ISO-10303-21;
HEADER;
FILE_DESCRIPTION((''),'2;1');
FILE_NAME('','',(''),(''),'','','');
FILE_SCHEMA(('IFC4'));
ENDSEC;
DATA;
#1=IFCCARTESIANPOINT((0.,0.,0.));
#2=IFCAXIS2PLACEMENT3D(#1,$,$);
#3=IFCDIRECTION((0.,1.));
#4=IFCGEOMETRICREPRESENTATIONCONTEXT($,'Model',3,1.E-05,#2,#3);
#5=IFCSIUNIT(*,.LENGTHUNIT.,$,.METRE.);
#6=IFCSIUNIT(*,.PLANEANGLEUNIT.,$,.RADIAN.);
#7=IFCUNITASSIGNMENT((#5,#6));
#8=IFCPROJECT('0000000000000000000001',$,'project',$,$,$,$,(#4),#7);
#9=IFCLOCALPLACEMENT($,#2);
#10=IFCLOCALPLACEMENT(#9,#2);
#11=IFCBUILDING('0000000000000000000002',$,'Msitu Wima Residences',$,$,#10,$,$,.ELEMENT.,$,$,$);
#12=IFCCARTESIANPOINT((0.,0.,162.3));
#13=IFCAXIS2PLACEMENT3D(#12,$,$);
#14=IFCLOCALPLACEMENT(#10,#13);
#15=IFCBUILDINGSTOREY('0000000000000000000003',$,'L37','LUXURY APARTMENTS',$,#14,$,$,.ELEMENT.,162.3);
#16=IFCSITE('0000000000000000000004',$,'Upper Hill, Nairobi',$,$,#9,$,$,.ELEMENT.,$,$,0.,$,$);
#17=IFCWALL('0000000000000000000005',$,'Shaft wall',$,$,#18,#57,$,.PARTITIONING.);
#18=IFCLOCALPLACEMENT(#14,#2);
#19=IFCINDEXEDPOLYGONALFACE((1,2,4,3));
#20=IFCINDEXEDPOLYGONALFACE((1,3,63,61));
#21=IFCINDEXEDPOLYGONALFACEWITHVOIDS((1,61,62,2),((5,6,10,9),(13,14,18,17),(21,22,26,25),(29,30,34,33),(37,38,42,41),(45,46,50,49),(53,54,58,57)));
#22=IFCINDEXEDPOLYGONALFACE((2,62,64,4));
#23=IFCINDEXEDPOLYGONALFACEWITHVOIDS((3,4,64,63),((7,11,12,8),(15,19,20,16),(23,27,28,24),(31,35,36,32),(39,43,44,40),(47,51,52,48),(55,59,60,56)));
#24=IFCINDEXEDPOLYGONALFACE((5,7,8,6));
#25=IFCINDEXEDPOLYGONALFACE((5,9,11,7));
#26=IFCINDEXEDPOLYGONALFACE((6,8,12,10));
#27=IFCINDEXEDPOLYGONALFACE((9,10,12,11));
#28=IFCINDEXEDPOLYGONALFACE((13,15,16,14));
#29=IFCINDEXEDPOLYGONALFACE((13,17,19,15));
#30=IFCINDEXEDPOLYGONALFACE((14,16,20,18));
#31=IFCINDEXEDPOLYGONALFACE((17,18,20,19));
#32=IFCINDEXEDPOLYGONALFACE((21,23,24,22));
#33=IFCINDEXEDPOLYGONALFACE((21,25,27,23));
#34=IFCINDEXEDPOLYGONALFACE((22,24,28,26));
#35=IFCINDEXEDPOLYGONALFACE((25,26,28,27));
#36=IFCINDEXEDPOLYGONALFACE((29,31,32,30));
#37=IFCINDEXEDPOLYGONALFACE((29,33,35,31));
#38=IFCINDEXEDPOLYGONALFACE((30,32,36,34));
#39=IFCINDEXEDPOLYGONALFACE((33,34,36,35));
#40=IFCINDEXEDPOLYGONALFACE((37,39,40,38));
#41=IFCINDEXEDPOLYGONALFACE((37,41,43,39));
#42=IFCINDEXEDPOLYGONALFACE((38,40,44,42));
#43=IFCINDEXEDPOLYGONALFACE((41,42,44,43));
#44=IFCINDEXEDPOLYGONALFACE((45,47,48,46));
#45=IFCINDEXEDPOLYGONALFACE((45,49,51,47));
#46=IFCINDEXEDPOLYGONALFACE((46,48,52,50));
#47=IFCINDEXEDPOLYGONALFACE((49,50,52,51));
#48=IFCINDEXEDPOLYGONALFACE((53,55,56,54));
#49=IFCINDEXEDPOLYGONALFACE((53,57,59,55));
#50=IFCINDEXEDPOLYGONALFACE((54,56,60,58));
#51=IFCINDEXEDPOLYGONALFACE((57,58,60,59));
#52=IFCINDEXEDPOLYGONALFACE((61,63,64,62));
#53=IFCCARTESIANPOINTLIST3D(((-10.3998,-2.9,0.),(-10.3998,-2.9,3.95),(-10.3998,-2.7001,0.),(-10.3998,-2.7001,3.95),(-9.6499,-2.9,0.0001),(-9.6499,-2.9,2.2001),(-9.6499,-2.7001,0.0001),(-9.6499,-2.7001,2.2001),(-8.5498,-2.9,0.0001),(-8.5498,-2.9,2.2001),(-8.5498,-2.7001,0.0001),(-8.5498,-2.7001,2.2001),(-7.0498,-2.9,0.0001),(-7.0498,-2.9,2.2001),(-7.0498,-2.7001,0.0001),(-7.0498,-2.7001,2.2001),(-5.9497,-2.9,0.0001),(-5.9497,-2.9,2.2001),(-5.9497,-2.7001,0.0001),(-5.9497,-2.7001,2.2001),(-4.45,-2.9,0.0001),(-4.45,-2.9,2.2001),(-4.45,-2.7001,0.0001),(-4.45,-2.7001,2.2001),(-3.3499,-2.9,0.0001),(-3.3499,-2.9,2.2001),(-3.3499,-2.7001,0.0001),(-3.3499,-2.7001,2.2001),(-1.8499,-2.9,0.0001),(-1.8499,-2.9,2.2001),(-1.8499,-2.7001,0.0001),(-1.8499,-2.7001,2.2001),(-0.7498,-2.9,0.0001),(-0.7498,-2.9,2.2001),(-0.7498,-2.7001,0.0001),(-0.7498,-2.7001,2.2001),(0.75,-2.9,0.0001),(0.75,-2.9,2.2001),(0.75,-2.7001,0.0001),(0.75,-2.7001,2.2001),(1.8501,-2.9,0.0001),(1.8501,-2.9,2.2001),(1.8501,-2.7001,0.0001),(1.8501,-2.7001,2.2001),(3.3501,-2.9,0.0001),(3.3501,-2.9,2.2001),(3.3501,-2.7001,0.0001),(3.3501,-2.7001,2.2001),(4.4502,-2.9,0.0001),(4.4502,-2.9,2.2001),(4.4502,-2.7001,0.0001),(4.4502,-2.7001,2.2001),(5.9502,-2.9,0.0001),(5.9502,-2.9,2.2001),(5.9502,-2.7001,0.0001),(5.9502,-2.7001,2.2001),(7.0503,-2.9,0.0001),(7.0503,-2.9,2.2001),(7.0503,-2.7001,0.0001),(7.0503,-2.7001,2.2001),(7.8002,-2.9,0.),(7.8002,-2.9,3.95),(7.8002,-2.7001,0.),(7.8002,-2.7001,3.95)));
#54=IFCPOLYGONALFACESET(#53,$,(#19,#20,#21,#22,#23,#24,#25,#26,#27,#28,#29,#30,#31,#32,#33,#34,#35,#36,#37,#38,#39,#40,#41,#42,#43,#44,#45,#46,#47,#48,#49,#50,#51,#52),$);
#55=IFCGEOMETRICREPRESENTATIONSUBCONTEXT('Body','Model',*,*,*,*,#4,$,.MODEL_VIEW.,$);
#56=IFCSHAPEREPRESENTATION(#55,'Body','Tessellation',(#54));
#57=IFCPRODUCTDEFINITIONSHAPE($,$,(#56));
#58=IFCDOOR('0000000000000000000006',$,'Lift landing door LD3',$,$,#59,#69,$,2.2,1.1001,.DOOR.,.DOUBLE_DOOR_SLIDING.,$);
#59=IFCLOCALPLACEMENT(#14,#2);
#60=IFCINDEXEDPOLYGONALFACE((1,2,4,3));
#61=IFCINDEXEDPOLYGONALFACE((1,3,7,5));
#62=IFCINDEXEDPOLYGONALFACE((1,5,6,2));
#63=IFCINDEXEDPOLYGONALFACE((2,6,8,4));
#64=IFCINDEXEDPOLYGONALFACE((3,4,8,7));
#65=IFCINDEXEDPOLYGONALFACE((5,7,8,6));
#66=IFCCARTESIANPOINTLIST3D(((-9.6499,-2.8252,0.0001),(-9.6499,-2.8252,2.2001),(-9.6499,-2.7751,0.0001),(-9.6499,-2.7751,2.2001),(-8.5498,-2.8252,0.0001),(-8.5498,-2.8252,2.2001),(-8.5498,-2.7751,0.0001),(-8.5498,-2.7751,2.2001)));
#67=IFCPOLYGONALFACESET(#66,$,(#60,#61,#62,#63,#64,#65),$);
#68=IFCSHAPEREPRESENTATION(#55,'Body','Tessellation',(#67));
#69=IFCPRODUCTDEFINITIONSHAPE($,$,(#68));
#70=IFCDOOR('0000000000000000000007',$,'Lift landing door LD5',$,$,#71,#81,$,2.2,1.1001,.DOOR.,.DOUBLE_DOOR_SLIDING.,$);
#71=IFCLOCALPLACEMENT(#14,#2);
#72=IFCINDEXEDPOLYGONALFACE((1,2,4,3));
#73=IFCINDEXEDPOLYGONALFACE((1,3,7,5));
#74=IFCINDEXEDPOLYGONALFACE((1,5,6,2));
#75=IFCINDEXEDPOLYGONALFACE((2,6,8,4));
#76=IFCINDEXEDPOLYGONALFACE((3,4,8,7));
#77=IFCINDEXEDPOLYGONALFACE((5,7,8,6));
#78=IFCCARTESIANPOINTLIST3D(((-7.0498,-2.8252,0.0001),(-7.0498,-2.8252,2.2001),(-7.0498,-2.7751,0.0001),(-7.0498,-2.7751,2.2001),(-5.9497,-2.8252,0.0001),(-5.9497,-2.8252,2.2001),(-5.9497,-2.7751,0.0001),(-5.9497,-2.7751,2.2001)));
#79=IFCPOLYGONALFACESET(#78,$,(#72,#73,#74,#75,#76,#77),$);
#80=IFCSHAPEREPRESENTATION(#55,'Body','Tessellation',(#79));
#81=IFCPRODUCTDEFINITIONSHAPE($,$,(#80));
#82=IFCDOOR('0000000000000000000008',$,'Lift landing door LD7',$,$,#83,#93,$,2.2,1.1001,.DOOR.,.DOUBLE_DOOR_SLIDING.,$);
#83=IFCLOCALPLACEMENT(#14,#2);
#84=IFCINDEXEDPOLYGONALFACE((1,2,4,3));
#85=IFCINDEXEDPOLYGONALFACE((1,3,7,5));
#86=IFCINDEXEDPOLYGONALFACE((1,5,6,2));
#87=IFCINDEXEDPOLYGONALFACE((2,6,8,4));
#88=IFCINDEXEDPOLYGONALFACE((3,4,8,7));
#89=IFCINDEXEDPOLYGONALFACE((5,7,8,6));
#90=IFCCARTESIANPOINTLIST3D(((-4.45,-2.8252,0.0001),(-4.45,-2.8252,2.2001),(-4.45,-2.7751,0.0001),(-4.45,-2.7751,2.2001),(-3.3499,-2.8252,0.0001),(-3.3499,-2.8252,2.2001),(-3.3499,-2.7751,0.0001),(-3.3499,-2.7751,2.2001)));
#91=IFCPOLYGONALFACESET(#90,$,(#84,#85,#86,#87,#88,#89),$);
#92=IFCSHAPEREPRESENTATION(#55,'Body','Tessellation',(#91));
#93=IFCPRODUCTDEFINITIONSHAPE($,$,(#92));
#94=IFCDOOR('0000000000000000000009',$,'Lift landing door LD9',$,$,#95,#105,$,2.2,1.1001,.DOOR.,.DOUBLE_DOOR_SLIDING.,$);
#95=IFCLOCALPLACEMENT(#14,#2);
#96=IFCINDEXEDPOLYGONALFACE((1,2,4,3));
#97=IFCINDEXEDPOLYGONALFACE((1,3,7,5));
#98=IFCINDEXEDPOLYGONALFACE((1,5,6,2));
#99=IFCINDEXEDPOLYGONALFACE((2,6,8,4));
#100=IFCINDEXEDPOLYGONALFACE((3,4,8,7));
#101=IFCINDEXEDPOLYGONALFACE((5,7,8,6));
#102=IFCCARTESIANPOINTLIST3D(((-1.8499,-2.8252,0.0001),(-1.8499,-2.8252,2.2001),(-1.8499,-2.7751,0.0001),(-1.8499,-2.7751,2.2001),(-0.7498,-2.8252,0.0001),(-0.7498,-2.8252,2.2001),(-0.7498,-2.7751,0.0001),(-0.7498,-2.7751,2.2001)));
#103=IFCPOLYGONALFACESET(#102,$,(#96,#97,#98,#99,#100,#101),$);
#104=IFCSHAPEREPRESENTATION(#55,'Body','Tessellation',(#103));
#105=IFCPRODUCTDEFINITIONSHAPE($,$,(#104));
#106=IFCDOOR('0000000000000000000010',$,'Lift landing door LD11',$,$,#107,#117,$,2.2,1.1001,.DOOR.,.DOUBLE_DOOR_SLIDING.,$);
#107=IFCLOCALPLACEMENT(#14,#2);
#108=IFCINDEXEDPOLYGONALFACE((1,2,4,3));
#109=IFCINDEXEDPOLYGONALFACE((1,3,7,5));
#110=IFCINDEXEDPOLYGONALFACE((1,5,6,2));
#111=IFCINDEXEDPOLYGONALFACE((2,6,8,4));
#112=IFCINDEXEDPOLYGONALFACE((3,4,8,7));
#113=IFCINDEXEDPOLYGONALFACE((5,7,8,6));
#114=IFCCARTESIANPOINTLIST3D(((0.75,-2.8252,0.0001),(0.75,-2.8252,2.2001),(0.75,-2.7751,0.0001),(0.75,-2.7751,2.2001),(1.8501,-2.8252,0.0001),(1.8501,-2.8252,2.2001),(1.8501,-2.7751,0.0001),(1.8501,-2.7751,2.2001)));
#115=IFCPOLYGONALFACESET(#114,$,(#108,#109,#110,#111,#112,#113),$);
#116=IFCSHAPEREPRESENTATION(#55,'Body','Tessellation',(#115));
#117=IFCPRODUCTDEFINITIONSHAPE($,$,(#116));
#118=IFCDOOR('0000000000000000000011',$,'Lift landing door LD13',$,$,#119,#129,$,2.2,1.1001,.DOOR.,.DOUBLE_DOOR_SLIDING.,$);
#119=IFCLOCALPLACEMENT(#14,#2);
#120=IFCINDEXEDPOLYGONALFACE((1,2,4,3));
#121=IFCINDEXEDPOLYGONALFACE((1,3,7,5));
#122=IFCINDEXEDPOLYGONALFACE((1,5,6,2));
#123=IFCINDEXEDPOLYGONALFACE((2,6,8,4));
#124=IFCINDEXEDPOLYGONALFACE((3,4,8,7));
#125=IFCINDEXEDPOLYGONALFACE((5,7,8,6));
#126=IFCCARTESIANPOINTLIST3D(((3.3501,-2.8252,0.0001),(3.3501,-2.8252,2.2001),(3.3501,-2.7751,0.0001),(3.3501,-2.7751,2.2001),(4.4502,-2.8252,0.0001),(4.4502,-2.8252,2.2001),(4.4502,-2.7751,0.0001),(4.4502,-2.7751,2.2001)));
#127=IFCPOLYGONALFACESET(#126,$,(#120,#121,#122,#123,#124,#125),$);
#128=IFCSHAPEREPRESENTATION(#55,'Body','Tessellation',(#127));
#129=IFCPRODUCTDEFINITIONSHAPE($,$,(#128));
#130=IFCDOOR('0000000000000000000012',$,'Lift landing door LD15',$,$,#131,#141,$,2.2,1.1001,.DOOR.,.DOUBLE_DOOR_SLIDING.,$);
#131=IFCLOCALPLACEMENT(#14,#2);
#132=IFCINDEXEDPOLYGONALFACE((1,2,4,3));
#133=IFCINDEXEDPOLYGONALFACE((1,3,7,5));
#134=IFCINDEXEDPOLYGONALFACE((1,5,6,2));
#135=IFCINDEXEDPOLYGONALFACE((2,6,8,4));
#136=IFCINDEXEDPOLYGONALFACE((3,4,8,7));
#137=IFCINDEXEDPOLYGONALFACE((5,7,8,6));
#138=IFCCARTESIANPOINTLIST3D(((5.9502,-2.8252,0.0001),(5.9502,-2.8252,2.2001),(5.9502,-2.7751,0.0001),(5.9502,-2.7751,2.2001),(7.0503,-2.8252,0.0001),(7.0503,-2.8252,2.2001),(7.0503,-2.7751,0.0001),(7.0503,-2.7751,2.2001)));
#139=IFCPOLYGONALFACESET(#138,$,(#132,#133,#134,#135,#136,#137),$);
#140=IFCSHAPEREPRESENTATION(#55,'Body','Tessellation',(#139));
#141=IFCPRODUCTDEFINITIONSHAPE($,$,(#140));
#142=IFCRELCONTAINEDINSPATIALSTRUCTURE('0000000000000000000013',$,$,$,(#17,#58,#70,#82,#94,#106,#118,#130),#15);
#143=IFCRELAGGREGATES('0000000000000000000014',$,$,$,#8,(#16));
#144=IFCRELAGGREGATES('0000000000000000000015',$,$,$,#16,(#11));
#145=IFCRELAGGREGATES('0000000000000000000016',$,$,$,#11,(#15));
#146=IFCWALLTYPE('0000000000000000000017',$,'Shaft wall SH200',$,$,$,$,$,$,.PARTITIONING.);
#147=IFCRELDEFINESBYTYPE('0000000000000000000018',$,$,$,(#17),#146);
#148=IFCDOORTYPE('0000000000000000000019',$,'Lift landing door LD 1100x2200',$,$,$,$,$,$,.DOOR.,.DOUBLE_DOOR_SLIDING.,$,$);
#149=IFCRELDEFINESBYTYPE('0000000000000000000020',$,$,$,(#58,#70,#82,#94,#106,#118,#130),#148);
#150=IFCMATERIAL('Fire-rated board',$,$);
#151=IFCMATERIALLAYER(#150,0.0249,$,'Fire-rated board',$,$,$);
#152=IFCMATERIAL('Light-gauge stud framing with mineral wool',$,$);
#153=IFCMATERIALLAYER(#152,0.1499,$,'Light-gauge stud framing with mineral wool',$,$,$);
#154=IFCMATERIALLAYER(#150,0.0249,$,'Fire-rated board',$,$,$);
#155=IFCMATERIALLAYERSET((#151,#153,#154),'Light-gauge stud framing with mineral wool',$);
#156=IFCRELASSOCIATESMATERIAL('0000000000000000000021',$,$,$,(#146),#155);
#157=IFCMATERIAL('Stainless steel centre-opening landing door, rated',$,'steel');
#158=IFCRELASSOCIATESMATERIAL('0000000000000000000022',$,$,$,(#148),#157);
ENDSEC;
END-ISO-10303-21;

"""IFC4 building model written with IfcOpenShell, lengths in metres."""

from ifc_helpers import new_model, si_unit, direction, frame, frame_2d, origin, place, context, subcontext, project, spatial, rectangle, extrude, material, layer, layer_set, type_object, element, fill, save


model = new_model("IFC4")

# Units and contexts
model_context = context("Model", 3, precision=1e-05, world=origin(), true_north=direction((0.0, 1.0)))
body_context = subcontext(model_context, "Body", "Model", "MODEL_VIEW")
ifc_project = project(units=[si_unit("LENGTHUNIT", "METRE"), si_unit("PLANEANGLEUNIT", "RADIAN")], contexts=[model_context])

# Site, building, storey
site_placement = place(None, origin())
site = spatial("IfcSite", under=ifc_project, at=site_placement, Name="Upper Hill, Nairobi", CompositionType="ELEMENT", RefElevation=0.0)
building_placement = place(site_placement, origin())
building = spatial("IfcBuilding", under=site, at=building_placement, Name="Msitu Wima Residences", CompositionType="ELEMENT")
storey_placement = place(building_placement, frame((0.0, 0.0, 162.3)))
storey = spatial("IfcBuildingStorey", under=building, at=storey_placement, Name="L37", Description="LUXURY APARTMENTS", CompositionType="ELEMENT", Elevation=162.3)

# Shared definitions
ifc_material_1 = material(Name="Fire-rated board")
ifc_layer_1 = layer(ifc_material_1, 0.0249, Name="Fire-rated board")
ifc_material_2 = material(Name="Light-gauge stud framing with mineral wool")
ifc_layer_2 = layer(ifc_material_2, 0.1499, Name="Light-gauge stud framing with mineral wool")
ifc_layer_3 = layer(ifc_material_1, 0.0249, Name="Fire-rated board")
ifc_layer_set = layer_set([ifc_layer_1, ifc_layer_2, ifc_layer_3], Name="Light-gauge stud framing with mineral wool")
wall_type = type_object("IfcWallType", Name="Shaft wall SH200", PredefinedType="PARTITIONING", material=ifc_layer_set)

# Wall, openings, doors
wall_1_placement = place(storey_placement, frame((-10.3999, -2.8, 0.0), z_axis=(0.0, 0.0, 1.0), x_axis=(1.0, 0.0, 0.0)))
wall_1 = element("IfcWall", 1, at=wall_1_placement, inside=storey, type_object=wall_type, Name="Shaft wall", PredefinedType="PARTITIONING", context=body_context, shape_type="SweptSolid", body=[
    extrude(rectangle(XDim=18.2, YDim=0.2, at=frame_2d((9.1001, 0.0))), origin(), (0.0, 0.0, 1.0), 3.95),
])
opening_1_placement = place(wall_1_placement, frame((0.75, 0.0, 0.0)))
opening_1 = element("IfcOpeningElement", 2, at=opening_1_placement, cuts=wall_1, PredefinedType="OPENING", context=body_context, shape_type="SweptSolid", body=[
    extrude(rectangle(XDim=1.1001, YDim=2.2, at=frame_2d((0.55, 1.1001))), frame((0.0, 0.1099, 0.0), z_axis=(0.0, -1.0, 0.0), x_axis=(1.0, 0.0, 0.0)), (0.0, 0.0, 1.0), 0.22),
])
opening_2_placement = place(wall_1_placement, frame((3.3501, 0.0, 0.0)))
opening_2 = element("IfcOpeningElement", 3, at=opening_2_placement, cuts=wall_1, PredefinedType="OPENING", context=body_context, shape_type="SweptSolid", body=[
    extrude(rectangle(XDim=1.1001, YDim=2.2, at=frame_2d((0.55, 1.1001))), frame((0.0, 0.1099, 0.0), z_axis=(0.0, -1.0, 0.0), x_axis=(1.0, 0.0, 0.0)), (0.0, 0.0, 1.0), 0.22),
])
opening_3_placement = place(wall_1_placement, frame((5.95, 0.0, 0.0)))
opening_3 = element("IfcOpeningElement", 4, at=opening_3_placement, cuts=wall_1, PredefinedType="OPENING", context=body_context, shape_type="SweptSolid", body=[
    extrude(rectangle(XDim=1.1001, YDim=2.2, at=frame_2d((0.55, 1.1001))), frame((0.0, 0.1099, 0.0), z_axis=(0.0, -1.0, 0.0), x_axis=(1.0, 0.0, 0.0)), (0.0, 0.0, 1.0), 0.22),
])
opening_4_placement = place(wall_1_placement, frame((8.55, 0.0, 0.0)))
opening_4 = element("IfcOpeningElement", 5, at=opening_4_placement, cuts=wall_1, PredefinedType="OPENING", context=body_context, shape_type="SweptSolid", body=[
    extrude(rectangle(XDim=1.1001, YDim=2.2, at=frame_2d((0.55, 1.1001))), frame((0.0, 0.1099, 0.0), z_axis=(0.0, -1.0, 0.0), x_axis=(1.0, 0.0, 0.0)), (0.0, 0.0, 1.0), 0.22),
])
opening_5_placement = place(wall_1_placement, frame((11.1499, 0.0, 0.0)))
opening_5 = element("IfcOpeningElement", 6, at=opening_5_placement, cuts=wall_1, PredefinedType="OPENING", context=body_context, shape_type="SweptSolid", body=[
    extrude(rectangle(XDim=1.1001, YDim=2.2, at=frame_2d((0.55, 1.1001))), frame((0.0, 0.1099, 0.0), z_axis=(0.0, -1.0, 0.0), x_axis=(1.0, 0.0, 0.0)), (0.0, 0.0, 1.0), 0.22),
])
opening_6_placement = place(wall_1_placement, frame((13.75, 0.0, 0.0)))
opening_6 = element("IfcOpeningElement", 7, at=opening_6_placement, cuts=wall_1, PredefinedType="OPENING", context=body_context, shape_type="SweptSolid", body=[
    extrude(rectangle(XDim=1.1001, YDim=2.2, at=frame_2d((0.55, 1.1001))), frame((0.0, 0.1099, 0.0), z_axis=(0.0, -1.0, 0.0), x_axis=(1.0, 0.0, 0.0)), (0.0, 0.0, 1.0), 0.22),
])
opening_7_placement = place(wall_1_placement, frame((16.3501, 0.0, 0.0)))
opening_7 = element("IfcOpeningElement", 8, at=opening_7_placement, cuts=wall_1, PredefinedType="OPENING", context=body_context, shape_type="SweptSolid", body=[
    extrude(rectangle(XDim=1.1001, YDim=2.2, at=frame_2d((0.55, 1.1001))), frame((0.0, 0.1099, 0.0), z_axis=(0.0, -1.0, 0.0), x_axis=(1.0, 0.0, 0.0)), (0.0, 0.0, 1.0), 0.22),
])
ifc_material_3 = material(Name="Stainless steel centre-opening landing door, rated", Category="steel")
door_type = type_object("IfcDoorType", Name="Lift landing door LD 1100x2200", OperationType="DOUBLE_DOOR_SLIDING", PredefinedType="DOOR", material=ifc_material_3)
door_1_placement = place(opening_1_placement, origin())
door_1 = element("IfcDoor", 9, at=door_1_placement, inside=storey, type_object=door_type, Name="Lift landing door LD3", OperationType="DOUBLE_DOOR_SLIDING", OverallHeight=2.2, OverallWidth=1.1001, PredefinedType="DOOR", context=body_context, shape_type="SweptSolid", body=[
    extrude(rectangle(XDim=1.1001, YDim=2.2, at=frame_2d((0.55, 1.1001))), frame((0.0, 0.0249, 0.0), z_axis=(0.0, -1.0, 0.0), x_axis=(1.0, 0.0, 0.0)), (0.0, 0.0, 1.0), 0.05),
])
fill(opening_1, door_1)
door_2_placement = place(opening_2_placement, origin())
door_2 = element("IfcDoor", 10, at=door_2_placement, inside=storey, type_object=door_type, Name="Lift landing door LD5", OperationType="DOUBLE_DOOR_SLIDING", OverallHeight=2.2, OverallWidth=1.1001, PredefinedType="DOOR", context=body_context, shape_type="SweptSolid", body=[
    extrude(rectangle(XDim=1.1001, YDim=2.2, at=frame_2d((0.55, 1.1001))), frame((0.0, 0.0249, 0.0), z_axis=(0.0, -1.0, 0.0), x_axis=(1.0, 0.0, 0.0)), (0.0, 0.0, 1.0), 0.05),
])
fill(opening_2, door_2)
door_3_placement = place(opening_3_placement, origin())
door_3 = element("IfcDoor", 11, at=door_3_placement, inside=storey, type_object=door_type, Name="Lift landing door LD7", OperationType="DOUBLE_DOOR_SLIDING", OverallHeight=2.2, OverallWidth=1.1001, PredefinedType="DOOR", context=body_context, shape_type="SweptSolid", body=[
    extrude(rectangle(XDim=1.1001, YDim=2.2, at=frame_2d((0.55, 1.1001))), frame((0.0, 0.0249, 0.0), z_axis=(0.0, -1.0, 0.0), x_axis=(1.0, 0.0, 0.0)), (0.0, 0.0, 1.0), 0.05),
])
fill(opening_3, door_3)
door_4_placement = place(opening_4_placement, origin())
door_4 = element("IfcDoor", 12, at=door_4_placement, inside=storey, type_object=door_type, Name="Lift landing door LD9", OperationType="DOUBLE_DOOR_SLIDING", OverallHeight=2.2, OverallWidth=1.1001, PredefinedType="DOOR", context=body_context, shape_type="SweptSolid", body=[
    extrude(rectangle(XDim=1.1001, YDim=2.2, at=frame_2d((0.55, 1.1001))), frame((0.0, 0.0249, 0.0), z_axis=(0.0, -1.0, 0.0), x_axis=(1.0, 0.0, 0.0)), (0.0, 0.0, 1.0), 0.05),
])
fill(opening_4, door_4)
door_5_placement = place(opening_5_placement, origin())
door_5 = element("IfcDoor", 13, at=door_5_placement, inside=storey, type_object=door_type, Name="Lift landing door LD11", OperationType="DOUBLE_DOOR_SLIDING", OverallHeight=2.2, OverallWidth=1.1001, PredefinedType="DOOR", context=body_context, shape_type="SweptSolid", body=[
    extrude(rectangle(XDim=1.1001, YDim=2.2, at=frame_2d((0.55, 1.1001))), frame((0.0, 0.0249, 0.0), z_axis=(0.0, -1.0, 0.0), x_axis=(1.0, 0.0, 0.0)), (0.0, 0.0, 1.0), 0.05),
])
fill(opening_5, door_5)
door_6_placement = place(opening_6_placement, origin())
door_6 = element("IfcDoor", 14, at=door_6_placement, inside=storey, type_object=door_type, Name="Lift landing door LD13", OperationType="DOUBLE_DOOR_SLIDING", OverallHeight=2.2, OverallWidth=1.1001, PredefinedType="DOOR", context=body_context, shape_type="SweptSolid", body=[
    extrude(rectangle(XDim=1.1001, YDim=2.2, at=frame_2d((0.55, 1.1001))), frame((0.0, 0.0249, 0.0), z_axis=(0.0, -1.0, 0.0), x_axis=(1.0, 0.0, 0.0)), (0.0, 0.0, 1.0), 0.05),
])
fill(opening_6, door_6)
door_7_placement = place(opening_7_placement, origin())
door_7 = element("IfcDoor", 15, at=door_7_placement, inside=storey, type_object=door_type, Name="Lift landing door LD15", OperationType="DOUBLE_DOOR_SLIDING", OverallHeight=2.2, OverallWidth=1.1001, PredefinedType="DOOR", context=body_context, shape_type="SweptSolid", body=[
    extrude(rectangle(XDim=1.1001, YDim=2.2, at=frame_2d((0.55, 1.1001))), frame((0.0, 0.0249, 0.0), z_axis=(0.0, -1.0, 0.0), x_axis=(1.0, 0.0, 0.0)), (0.0, 0.0, 1.0), 0.05),
])
fill(opening_7, door_7)

save(model, "model.ifc")
